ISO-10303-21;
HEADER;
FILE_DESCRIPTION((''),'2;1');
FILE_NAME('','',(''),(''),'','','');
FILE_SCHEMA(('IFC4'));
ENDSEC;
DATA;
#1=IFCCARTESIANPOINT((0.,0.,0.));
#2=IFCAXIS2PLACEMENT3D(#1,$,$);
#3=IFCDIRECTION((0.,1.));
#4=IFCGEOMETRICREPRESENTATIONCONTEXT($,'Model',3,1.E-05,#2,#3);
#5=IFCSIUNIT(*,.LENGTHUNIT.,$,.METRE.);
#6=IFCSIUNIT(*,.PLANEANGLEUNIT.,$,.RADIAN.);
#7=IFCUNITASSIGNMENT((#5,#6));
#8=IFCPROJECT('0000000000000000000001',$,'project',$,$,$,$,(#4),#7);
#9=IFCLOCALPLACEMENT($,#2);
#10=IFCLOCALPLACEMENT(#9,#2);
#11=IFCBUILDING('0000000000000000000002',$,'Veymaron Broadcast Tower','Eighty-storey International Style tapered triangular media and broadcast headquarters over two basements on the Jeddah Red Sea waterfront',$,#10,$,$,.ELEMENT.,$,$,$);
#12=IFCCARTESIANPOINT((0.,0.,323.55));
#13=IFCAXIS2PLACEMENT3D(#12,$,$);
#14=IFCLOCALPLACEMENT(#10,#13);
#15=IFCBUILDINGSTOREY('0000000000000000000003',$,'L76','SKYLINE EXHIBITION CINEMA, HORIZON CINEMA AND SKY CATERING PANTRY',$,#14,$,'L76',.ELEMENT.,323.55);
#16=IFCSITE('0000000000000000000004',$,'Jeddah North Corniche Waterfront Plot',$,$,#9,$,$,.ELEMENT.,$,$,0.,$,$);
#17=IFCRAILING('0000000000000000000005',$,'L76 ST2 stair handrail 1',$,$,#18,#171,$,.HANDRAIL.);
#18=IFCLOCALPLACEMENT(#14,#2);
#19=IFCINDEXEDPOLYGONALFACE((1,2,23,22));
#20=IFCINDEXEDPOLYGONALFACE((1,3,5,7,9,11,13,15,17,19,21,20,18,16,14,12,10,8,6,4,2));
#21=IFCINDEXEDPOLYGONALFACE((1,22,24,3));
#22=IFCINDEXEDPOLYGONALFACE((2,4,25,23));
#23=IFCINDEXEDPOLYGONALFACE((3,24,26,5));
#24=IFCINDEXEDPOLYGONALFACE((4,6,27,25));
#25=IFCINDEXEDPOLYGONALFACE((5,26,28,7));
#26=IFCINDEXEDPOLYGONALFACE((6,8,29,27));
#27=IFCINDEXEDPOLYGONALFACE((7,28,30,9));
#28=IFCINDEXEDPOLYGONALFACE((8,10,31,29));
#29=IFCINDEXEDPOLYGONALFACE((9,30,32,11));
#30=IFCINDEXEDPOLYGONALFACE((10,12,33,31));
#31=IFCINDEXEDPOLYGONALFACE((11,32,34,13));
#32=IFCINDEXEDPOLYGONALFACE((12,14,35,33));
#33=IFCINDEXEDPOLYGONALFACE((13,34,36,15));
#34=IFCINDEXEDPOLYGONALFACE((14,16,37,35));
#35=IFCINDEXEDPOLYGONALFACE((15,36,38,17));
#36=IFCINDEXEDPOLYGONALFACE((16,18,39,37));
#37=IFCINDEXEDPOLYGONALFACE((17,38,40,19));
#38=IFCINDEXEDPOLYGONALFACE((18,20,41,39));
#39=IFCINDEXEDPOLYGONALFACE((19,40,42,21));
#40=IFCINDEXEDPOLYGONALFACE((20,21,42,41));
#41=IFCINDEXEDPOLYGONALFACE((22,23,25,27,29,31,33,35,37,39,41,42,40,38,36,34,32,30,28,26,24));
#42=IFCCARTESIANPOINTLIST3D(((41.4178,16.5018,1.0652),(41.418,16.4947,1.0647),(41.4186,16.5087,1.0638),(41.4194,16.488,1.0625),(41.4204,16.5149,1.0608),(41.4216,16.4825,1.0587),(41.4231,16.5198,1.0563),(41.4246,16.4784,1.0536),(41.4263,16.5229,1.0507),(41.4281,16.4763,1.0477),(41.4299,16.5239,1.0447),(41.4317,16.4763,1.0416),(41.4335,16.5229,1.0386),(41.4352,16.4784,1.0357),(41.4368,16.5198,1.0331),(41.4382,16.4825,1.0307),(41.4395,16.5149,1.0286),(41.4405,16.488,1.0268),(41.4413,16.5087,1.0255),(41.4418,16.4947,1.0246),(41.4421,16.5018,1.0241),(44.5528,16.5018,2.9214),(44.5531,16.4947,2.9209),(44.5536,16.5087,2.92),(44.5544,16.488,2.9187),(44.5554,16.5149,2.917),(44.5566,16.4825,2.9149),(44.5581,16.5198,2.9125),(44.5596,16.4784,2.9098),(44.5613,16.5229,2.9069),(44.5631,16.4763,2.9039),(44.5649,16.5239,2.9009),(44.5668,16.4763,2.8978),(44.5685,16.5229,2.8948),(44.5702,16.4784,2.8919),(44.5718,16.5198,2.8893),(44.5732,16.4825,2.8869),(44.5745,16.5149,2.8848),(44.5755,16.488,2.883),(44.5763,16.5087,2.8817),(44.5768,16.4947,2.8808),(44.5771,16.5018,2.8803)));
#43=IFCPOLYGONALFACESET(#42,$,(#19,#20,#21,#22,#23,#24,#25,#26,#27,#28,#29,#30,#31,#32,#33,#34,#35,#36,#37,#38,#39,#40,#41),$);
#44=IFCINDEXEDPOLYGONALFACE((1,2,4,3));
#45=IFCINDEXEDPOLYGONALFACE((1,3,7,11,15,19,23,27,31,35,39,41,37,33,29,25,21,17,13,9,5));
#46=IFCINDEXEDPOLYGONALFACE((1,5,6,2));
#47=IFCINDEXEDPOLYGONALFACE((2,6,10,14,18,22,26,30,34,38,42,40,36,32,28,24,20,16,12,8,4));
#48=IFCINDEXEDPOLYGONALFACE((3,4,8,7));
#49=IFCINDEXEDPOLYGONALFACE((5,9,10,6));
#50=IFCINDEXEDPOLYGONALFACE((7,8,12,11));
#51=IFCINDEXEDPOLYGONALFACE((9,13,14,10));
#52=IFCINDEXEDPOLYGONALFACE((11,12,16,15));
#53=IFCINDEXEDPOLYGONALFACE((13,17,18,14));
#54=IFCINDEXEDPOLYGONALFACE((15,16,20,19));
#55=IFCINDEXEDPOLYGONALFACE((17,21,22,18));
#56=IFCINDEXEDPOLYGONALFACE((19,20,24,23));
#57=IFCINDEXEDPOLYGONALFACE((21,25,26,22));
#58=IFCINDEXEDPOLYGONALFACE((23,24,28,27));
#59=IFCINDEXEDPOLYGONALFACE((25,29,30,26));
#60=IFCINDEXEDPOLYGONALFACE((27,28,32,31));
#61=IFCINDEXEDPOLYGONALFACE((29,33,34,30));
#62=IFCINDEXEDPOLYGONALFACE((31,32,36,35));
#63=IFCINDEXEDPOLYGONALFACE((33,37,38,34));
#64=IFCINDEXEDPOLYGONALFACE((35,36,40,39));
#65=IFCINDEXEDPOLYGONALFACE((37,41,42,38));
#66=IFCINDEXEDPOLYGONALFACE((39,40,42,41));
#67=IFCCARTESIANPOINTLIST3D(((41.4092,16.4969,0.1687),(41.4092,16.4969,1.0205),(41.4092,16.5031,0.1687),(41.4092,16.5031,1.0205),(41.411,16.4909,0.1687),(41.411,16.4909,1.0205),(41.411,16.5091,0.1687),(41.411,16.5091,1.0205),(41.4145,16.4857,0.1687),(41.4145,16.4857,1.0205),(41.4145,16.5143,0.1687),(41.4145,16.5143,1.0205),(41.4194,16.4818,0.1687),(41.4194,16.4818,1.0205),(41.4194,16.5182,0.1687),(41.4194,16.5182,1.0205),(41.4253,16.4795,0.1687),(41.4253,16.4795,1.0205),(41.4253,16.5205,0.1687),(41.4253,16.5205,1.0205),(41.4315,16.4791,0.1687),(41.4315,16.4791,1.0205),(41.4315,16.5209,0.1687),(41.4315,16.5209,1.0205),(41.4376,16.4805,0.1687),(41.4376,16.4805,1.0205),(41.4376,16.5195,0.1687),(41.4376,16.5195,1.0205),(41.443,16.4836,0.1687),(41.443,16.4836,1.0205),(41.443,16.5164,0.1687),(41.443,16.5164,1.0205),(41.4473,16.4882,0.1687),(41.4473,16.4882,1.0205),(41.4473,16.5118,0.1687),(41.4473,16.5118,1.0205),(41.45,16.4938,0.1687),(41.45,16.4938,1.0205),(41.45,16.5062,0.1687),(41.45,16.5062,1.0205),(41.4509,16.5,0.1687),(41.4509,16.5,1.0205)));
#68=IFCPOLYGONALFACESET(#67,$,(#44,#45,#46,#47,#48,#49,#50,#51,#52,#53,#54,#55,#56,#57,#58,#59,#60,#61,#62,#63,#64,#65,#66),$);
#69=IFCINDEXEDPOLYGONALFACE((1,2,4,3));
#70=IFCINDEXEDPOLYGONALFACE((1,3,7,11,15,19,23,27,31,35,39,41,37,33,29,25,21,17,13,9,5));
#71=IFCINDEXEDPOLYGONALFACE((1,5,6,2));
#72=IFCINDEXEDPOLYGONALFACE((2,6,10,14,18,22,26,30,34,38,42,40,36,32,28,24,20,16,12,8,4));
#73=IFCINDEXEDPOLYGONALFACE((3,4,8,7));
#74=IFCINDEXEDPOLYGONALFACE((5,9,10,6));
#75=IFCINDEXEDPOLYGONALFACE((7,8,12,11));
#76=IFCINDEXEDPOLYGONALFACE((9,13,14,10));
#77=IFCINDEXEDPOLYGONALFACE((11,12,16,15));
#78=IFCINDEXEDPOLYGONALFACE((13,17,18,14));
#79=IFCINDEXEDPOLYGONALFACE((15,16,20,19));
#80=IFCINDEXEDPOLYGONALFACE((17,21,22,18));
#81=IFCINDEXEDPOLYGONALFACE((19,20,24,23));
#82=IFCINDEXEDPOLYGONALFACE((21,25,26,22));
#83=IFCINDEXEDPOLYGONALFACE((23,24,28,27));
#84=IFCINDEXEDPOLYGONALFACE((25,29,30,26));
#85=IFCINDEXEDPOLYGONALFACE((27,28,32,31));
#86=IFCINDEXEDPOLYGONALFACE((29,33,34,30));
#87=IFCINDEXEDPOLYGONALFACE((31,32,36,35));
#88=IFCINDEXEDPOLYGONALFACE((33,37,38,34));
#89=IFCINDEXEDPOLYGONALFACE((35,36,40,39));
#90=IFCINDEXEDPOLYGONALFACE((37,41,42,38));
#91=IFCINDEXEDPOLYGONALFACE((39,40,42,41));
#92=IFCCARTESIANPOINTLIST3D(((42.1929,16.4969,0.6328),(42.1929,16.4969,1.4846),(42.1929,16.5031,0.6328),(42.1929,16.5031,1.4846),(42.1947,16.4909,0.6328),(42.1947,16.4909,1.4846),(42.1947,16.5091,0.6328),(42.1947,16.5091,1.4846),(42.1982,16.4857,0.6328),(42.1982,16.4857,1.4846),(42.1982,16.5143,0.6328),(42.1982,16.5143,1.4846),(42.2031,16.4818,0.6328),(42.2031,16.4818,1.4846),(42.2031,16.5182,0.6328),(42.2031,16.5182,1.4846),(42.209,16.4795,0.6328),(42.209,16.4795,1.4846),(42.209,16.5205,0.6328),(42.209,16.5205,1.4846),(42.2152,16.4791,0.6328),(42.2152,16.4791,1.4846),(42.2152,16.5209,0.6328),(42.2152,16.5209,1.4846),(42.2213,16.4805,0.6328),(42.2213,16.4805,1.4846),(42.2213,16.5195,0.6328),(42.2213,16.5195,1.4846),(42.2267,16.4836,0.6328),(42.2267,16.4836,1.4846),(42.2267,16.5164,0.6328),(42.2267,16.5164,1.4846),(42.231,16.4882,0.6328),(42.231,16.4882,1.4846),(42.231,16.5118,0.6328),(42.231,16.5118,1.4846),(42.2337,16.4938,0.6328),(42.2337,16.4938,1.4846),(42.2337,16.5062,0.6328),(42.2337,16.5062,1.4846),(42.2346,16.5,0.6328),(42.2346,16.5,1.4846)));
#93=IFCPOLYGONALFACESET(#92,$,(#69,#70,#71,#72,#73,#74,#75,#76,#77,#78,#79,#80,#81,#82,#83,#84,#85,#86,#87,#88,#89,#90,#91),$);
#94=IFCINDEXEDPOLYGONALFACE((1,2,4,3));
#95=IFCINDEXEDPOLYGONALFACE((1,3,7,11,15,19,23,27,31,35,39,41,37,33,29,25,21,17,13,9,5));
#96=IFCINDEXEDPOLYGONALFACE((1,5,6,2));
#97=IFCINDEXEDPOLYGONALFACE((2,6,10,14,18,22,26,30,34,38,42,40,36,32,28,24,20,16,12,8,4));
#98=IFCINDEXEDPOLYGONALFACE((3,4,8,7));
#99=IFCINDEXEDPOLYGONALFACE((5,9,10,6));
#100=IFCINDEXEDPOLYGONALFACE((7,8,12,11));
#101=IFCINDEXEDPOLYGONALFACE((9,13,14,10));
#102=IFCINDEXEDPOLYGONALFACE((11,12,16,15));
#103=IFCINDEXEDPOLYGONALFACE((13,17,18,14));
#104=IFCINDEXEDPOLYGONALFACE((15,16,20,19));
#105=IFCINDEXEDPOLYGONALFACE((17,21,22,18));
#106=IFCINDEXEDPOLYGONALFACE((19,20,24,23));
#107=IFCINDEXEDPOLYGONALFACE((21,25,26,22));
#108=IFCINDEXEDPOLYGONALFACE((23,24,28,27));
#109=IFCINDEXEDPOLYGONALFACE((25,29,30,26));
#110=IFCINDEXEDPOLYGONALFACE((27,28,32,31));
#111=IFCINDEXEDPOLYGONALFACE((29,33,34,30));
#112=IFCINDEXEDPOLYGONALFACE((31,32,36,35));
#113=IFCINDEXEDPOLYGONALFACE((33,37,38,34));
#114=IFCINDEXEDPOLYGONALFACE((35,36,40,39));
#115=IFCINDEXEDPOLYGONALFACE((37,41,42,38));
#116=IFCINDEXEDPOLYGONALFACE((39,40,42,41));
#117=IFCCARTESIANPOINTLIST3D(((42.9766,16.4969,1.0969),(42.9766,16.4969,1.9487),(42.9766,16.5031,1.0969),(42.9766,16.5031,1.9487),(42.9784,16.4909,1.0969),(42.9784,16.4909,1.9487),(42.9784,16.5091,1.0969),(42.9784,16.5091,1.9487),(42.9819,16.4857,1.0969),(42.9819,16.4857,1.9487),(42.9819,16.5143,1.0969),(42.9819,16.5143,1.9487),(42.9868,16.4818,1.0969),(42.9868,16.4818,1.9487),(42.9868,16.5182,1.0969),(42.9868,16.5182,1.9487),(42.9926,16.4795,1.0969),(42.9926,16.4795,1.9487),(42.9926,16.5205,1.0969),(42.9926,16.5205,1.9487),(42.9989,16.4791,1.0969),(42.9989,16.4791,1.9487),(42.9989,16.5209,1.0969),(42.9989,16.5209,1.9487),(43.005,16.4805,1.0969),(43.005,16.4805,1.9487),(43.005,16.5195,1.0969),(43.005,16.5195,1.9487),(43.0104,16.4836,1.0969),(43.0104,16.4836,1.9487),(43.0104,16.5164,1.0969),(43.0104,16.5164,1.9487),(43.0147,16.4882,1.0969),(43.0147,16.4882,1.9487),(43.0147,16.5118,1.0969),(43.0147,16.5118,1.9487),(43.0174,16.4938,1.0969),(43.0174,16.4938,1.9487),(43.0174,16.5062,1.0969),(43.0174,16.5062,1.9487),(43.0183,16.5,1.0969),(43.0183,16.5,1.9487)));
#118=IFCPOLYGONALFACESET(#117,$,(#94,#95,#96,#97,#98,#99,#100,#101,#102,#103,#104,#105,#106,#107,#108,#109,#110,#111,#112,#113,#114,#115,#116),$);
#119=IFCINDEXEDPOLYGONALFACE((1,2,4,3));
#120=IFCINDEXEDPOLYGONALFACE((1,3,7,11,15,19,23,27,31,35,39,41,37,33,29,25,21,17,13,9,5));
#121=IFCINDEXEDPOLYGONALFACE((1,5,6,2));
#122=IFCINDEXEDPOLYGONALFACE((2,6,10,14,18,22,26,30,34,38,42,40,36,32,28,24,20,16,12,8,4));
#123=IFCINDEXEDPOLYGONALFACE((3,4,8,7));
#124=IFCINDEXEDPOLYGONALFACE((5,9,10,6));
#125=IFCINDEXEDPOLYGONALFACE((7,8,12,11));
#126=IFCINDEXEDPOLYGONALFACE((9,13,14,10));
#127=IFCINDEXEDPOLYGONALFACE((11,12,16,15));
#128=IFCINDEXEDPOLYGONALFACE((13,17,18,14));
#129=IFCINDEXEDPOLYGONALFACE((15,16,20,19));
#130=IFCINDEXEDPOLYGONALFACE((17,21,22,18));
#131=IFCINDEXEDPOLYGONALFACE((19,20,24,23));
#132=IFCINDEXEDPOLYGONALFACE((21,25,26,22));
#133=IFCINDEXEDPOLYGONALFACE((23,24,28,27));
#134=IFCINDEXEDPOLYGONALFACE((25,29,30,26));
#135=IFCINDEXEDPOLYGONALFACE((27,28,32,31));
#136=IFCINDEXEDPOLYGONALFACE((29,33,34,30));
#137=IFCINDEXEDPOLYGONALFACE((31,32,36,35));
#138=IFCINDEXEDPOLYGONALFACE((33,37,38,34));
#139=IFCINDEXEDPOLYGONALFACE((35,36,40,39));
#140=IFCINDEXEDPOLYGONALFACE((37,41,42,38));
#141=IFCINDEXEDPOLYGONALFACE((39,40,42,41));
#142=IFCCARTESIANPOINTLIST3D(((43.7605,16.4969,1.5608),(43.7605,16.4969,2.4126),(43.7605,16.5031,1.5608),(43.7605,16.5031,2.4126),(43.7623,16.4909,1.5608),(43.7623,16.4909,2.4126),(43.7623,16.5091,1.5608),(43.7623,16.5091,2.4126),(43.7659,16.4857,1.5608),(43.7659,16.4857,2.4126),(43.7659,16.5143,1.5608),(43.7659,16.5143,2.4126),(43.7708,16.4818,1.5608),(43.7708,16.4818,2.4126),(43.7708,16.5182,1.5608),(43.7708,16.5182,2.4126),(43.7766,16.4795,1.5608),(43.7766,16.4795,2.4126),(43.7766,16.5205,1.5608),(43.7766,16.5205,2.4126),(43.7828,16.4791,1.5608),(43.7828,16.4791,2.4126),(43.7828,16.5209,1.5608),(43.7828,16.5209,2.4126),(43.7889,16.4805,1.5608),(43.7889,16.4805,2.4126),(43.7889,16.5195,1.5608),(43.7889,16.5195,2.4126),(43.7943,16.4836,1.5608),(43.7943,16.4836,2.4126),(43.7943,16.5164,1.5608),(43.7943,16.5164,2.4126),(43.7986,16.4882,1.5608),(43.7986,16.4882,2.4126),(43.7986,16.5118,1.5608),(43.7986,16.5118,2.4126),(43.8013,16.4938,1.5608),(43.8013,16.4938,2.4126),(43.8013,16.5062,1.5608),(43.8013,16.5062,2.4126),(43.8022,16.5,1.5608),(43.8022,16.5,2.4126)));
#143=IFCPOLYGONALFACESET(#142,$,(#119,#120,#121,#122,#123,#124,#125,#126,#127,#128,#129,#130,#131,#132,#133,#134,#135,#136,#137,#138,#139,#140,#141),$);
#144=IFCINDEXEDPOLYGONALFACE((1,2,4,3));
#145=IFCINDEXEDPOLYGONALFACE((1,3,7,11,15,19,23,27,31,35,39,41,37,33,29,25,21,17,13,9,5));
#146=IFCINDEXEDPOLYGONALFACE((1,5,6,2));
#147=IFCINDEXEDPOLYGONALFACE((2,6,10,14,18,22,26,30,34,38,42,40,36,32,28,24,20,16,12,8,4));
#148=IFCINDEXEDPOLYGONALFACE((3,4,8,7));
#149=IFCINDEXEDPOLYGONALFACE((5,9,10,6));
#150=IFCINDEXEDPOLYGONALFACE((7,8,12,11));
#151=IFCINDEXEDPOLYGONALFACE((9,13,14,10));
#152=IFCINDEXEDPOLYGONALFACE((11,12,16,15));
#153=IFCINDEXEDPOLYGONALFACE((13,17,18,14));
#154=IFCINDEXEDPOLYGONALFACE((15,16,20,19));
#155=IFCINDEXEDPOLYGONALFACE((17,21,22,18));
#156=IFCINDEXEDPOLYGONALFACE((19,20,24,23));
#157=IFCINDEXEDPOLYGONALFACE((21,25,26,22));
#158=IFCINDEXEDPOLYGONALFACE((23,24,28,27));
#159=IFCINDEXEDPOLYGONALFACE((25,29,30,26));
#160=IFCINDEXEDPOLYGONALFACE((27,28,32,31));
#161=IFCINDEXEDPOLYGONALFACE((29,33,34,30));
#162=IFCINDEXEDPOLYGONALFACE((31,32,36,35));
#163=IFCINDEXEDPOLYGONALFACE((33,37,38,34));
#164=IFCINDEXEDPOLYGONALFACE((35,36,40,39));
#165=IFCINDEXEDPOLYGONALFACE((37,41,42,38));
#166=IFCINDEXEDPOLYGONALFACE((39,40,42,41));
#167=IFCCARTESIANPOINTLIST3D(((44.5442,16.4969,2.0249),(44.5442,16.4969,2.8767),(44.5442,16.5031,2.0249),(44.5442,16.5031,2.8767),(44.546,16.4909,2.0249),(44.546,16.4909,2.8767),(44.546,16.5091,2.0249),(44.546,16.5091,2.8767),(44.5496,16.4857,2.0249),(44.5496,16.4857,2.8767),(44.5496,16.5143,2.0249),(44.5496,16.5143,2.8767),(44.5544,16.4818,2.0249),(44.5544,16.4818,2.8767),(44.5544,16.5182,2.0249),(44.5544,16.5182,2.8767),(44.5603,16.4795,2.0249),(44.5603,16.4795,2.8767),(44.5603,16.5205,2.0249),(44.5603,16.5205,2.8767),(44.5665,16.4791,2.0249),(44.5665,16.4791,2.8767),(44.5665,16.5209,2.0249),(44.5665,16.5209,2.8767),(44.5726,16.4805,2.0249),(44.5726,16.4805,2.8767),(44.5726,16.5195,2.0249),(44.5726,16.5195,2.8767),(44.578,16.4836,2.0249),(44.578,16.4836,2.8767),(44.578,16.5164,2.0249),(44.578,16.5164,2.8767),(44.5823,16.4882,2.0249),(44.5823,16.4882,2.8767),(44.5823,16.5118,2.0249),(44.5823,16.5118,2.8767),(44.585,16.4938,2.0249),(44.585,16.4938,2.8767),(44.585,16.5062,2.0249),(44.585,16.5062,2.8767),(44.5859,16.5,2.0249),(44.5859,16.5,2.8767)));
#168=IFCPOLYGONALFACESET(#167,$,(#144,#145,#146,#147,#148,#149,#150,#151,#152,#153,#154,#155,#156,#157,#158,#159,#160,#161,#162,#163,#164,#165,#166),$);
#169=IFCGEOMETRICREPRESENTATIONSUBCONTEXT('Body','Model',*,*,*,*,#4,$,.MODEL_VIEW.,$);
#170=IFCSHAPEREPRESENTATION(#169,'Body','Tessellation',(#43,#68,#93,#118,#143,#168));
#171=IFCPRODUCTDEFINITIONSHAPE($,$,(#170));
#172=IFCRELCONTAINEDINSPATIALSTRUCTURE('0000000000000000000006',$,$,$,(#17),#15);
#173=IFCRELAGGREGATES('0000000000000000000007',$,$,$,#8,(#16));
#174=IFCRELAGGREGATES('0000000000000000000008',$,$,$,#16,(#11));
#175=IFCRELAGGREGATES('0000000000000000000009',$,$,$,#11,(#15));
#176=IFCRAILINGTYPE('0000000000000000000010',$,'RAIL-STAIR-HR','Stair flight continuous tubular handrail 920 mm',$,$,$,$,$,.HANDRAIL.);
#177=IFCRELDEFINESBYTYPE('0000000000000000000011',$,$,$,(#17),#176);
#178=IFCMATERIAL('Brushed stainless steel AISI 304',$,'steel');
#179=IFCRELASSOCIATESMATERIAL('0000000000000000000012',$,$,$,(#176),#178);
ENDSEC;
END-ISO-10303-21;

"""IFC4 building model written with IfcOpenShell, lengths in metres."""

from ifc_helpers import new_model, si_unit, direction, frame, origin, origin_2d, place, context, subcontext, project, spatial, circle, extrude, material, type_object, element, save


model = new_model("IFC4")

# Units and contexts
model_context = context("Model", 3, precision=1e-05, world=origin(), true_north=direction((0.0, 1.0)))
body_context = subcontext(model_context, "Body", "Model", "MODEL_VIEW")
ifc_project = project(units=[si_unit("LENGTHUNIT", "METRE"), si_unit("PLANEANGLEUNIT", "RADIAN")], contexts=[model_context])

# Site, building, storey
site_placement = place(None, origin())
site = spatial("IfcSite", under=ifc_project, at=site_placement, Name="Jeddah North Corniche Waterfront Plot", CompositionType="ELEMENT", RefElevation=0.0)
building_placement = place(site_placement, origin())
building = spatial("IfcBuilding", under=site, at=building_placement, Name="Veymaron Broadcast Tower", Description="Eighty-storey International Style tapered triangular media and broadcast headquarters over two basements on the Jeddah Red Sea waterfront", CompositionType="ELEMENT")
storey_placement = place(building_placement, frame((0.0, 0.0, 323.55)))
storey = spatial("IfcBuildingStorey", under=building, at=storey_placement, Name="L76", Description="SKYLINE EXHIBITION CINEMA, HORIZON CINEMA AND SKY CATERING PANTRY", LongName="L76", CompositionType="ELEMENT", Elevation=323.55)

# Shared definitions
ifc_material_1 = material(Name="Brushed stainless steel AISI 304", Category="steel")

# Railing
railing_type_1 = type_object("IfcRailingType", Name="RAIL-STAIR-HR", Description="Stair flight continuous tubular handrail 920 mm", PredefinedType="HANDRAIL", material=ifc_material_1)
railing_1_placement = place(storey_placement, frame((41.4299, 16.5, 0.1687)))
element("IfcRailing", 1, at=railing_1_placement, inside=storey, type_object=railing_type_1, Name="L76 ST2 stair handrail 1", PredefinedType="HANDRAIL", context=body_context, shape_type="SweptSolid", body=[
    extrude(circle(Radius=0.0239, at=origin_2d()), frame((0.0, 0.0, 0.876), z_axis=(0.860482, 0.0, 0.509481), x_axis=(0.0, 1.0, 0.0)), (0.0, 0.0, 1.0), 3.6433),
    extrude(circle(Radius=0.021, at=origin_2d()), origin(), (0.0, 0.0, 1.0), 0.8518),
    extrude(circle(Radius=0.021, at=origin_2d()), frame((0.7837, 0.0, 0.4641)), (0.0, 0.0, 1.0), 0.8518),
    extrude(circle(Radius=0.021, at=origin_2d()), frame((1.5674, 0.0, 0.9282)), (0.0, 0.0, 1.0), 0.8518),
    extrude(circle(Radius=0.021, at=origin_2d()), frame((2.3513, 0.0, 1.3921)), (0.0, 0.0, 1.0), 0.8518),
    extrude(circle(Radius=0.021, at=origin_2d()), frame((3.135, 0.0, 1.8562)), (0.0, 0.0, 1.0), 0.8518),
])

save(model, "model.ifc")
